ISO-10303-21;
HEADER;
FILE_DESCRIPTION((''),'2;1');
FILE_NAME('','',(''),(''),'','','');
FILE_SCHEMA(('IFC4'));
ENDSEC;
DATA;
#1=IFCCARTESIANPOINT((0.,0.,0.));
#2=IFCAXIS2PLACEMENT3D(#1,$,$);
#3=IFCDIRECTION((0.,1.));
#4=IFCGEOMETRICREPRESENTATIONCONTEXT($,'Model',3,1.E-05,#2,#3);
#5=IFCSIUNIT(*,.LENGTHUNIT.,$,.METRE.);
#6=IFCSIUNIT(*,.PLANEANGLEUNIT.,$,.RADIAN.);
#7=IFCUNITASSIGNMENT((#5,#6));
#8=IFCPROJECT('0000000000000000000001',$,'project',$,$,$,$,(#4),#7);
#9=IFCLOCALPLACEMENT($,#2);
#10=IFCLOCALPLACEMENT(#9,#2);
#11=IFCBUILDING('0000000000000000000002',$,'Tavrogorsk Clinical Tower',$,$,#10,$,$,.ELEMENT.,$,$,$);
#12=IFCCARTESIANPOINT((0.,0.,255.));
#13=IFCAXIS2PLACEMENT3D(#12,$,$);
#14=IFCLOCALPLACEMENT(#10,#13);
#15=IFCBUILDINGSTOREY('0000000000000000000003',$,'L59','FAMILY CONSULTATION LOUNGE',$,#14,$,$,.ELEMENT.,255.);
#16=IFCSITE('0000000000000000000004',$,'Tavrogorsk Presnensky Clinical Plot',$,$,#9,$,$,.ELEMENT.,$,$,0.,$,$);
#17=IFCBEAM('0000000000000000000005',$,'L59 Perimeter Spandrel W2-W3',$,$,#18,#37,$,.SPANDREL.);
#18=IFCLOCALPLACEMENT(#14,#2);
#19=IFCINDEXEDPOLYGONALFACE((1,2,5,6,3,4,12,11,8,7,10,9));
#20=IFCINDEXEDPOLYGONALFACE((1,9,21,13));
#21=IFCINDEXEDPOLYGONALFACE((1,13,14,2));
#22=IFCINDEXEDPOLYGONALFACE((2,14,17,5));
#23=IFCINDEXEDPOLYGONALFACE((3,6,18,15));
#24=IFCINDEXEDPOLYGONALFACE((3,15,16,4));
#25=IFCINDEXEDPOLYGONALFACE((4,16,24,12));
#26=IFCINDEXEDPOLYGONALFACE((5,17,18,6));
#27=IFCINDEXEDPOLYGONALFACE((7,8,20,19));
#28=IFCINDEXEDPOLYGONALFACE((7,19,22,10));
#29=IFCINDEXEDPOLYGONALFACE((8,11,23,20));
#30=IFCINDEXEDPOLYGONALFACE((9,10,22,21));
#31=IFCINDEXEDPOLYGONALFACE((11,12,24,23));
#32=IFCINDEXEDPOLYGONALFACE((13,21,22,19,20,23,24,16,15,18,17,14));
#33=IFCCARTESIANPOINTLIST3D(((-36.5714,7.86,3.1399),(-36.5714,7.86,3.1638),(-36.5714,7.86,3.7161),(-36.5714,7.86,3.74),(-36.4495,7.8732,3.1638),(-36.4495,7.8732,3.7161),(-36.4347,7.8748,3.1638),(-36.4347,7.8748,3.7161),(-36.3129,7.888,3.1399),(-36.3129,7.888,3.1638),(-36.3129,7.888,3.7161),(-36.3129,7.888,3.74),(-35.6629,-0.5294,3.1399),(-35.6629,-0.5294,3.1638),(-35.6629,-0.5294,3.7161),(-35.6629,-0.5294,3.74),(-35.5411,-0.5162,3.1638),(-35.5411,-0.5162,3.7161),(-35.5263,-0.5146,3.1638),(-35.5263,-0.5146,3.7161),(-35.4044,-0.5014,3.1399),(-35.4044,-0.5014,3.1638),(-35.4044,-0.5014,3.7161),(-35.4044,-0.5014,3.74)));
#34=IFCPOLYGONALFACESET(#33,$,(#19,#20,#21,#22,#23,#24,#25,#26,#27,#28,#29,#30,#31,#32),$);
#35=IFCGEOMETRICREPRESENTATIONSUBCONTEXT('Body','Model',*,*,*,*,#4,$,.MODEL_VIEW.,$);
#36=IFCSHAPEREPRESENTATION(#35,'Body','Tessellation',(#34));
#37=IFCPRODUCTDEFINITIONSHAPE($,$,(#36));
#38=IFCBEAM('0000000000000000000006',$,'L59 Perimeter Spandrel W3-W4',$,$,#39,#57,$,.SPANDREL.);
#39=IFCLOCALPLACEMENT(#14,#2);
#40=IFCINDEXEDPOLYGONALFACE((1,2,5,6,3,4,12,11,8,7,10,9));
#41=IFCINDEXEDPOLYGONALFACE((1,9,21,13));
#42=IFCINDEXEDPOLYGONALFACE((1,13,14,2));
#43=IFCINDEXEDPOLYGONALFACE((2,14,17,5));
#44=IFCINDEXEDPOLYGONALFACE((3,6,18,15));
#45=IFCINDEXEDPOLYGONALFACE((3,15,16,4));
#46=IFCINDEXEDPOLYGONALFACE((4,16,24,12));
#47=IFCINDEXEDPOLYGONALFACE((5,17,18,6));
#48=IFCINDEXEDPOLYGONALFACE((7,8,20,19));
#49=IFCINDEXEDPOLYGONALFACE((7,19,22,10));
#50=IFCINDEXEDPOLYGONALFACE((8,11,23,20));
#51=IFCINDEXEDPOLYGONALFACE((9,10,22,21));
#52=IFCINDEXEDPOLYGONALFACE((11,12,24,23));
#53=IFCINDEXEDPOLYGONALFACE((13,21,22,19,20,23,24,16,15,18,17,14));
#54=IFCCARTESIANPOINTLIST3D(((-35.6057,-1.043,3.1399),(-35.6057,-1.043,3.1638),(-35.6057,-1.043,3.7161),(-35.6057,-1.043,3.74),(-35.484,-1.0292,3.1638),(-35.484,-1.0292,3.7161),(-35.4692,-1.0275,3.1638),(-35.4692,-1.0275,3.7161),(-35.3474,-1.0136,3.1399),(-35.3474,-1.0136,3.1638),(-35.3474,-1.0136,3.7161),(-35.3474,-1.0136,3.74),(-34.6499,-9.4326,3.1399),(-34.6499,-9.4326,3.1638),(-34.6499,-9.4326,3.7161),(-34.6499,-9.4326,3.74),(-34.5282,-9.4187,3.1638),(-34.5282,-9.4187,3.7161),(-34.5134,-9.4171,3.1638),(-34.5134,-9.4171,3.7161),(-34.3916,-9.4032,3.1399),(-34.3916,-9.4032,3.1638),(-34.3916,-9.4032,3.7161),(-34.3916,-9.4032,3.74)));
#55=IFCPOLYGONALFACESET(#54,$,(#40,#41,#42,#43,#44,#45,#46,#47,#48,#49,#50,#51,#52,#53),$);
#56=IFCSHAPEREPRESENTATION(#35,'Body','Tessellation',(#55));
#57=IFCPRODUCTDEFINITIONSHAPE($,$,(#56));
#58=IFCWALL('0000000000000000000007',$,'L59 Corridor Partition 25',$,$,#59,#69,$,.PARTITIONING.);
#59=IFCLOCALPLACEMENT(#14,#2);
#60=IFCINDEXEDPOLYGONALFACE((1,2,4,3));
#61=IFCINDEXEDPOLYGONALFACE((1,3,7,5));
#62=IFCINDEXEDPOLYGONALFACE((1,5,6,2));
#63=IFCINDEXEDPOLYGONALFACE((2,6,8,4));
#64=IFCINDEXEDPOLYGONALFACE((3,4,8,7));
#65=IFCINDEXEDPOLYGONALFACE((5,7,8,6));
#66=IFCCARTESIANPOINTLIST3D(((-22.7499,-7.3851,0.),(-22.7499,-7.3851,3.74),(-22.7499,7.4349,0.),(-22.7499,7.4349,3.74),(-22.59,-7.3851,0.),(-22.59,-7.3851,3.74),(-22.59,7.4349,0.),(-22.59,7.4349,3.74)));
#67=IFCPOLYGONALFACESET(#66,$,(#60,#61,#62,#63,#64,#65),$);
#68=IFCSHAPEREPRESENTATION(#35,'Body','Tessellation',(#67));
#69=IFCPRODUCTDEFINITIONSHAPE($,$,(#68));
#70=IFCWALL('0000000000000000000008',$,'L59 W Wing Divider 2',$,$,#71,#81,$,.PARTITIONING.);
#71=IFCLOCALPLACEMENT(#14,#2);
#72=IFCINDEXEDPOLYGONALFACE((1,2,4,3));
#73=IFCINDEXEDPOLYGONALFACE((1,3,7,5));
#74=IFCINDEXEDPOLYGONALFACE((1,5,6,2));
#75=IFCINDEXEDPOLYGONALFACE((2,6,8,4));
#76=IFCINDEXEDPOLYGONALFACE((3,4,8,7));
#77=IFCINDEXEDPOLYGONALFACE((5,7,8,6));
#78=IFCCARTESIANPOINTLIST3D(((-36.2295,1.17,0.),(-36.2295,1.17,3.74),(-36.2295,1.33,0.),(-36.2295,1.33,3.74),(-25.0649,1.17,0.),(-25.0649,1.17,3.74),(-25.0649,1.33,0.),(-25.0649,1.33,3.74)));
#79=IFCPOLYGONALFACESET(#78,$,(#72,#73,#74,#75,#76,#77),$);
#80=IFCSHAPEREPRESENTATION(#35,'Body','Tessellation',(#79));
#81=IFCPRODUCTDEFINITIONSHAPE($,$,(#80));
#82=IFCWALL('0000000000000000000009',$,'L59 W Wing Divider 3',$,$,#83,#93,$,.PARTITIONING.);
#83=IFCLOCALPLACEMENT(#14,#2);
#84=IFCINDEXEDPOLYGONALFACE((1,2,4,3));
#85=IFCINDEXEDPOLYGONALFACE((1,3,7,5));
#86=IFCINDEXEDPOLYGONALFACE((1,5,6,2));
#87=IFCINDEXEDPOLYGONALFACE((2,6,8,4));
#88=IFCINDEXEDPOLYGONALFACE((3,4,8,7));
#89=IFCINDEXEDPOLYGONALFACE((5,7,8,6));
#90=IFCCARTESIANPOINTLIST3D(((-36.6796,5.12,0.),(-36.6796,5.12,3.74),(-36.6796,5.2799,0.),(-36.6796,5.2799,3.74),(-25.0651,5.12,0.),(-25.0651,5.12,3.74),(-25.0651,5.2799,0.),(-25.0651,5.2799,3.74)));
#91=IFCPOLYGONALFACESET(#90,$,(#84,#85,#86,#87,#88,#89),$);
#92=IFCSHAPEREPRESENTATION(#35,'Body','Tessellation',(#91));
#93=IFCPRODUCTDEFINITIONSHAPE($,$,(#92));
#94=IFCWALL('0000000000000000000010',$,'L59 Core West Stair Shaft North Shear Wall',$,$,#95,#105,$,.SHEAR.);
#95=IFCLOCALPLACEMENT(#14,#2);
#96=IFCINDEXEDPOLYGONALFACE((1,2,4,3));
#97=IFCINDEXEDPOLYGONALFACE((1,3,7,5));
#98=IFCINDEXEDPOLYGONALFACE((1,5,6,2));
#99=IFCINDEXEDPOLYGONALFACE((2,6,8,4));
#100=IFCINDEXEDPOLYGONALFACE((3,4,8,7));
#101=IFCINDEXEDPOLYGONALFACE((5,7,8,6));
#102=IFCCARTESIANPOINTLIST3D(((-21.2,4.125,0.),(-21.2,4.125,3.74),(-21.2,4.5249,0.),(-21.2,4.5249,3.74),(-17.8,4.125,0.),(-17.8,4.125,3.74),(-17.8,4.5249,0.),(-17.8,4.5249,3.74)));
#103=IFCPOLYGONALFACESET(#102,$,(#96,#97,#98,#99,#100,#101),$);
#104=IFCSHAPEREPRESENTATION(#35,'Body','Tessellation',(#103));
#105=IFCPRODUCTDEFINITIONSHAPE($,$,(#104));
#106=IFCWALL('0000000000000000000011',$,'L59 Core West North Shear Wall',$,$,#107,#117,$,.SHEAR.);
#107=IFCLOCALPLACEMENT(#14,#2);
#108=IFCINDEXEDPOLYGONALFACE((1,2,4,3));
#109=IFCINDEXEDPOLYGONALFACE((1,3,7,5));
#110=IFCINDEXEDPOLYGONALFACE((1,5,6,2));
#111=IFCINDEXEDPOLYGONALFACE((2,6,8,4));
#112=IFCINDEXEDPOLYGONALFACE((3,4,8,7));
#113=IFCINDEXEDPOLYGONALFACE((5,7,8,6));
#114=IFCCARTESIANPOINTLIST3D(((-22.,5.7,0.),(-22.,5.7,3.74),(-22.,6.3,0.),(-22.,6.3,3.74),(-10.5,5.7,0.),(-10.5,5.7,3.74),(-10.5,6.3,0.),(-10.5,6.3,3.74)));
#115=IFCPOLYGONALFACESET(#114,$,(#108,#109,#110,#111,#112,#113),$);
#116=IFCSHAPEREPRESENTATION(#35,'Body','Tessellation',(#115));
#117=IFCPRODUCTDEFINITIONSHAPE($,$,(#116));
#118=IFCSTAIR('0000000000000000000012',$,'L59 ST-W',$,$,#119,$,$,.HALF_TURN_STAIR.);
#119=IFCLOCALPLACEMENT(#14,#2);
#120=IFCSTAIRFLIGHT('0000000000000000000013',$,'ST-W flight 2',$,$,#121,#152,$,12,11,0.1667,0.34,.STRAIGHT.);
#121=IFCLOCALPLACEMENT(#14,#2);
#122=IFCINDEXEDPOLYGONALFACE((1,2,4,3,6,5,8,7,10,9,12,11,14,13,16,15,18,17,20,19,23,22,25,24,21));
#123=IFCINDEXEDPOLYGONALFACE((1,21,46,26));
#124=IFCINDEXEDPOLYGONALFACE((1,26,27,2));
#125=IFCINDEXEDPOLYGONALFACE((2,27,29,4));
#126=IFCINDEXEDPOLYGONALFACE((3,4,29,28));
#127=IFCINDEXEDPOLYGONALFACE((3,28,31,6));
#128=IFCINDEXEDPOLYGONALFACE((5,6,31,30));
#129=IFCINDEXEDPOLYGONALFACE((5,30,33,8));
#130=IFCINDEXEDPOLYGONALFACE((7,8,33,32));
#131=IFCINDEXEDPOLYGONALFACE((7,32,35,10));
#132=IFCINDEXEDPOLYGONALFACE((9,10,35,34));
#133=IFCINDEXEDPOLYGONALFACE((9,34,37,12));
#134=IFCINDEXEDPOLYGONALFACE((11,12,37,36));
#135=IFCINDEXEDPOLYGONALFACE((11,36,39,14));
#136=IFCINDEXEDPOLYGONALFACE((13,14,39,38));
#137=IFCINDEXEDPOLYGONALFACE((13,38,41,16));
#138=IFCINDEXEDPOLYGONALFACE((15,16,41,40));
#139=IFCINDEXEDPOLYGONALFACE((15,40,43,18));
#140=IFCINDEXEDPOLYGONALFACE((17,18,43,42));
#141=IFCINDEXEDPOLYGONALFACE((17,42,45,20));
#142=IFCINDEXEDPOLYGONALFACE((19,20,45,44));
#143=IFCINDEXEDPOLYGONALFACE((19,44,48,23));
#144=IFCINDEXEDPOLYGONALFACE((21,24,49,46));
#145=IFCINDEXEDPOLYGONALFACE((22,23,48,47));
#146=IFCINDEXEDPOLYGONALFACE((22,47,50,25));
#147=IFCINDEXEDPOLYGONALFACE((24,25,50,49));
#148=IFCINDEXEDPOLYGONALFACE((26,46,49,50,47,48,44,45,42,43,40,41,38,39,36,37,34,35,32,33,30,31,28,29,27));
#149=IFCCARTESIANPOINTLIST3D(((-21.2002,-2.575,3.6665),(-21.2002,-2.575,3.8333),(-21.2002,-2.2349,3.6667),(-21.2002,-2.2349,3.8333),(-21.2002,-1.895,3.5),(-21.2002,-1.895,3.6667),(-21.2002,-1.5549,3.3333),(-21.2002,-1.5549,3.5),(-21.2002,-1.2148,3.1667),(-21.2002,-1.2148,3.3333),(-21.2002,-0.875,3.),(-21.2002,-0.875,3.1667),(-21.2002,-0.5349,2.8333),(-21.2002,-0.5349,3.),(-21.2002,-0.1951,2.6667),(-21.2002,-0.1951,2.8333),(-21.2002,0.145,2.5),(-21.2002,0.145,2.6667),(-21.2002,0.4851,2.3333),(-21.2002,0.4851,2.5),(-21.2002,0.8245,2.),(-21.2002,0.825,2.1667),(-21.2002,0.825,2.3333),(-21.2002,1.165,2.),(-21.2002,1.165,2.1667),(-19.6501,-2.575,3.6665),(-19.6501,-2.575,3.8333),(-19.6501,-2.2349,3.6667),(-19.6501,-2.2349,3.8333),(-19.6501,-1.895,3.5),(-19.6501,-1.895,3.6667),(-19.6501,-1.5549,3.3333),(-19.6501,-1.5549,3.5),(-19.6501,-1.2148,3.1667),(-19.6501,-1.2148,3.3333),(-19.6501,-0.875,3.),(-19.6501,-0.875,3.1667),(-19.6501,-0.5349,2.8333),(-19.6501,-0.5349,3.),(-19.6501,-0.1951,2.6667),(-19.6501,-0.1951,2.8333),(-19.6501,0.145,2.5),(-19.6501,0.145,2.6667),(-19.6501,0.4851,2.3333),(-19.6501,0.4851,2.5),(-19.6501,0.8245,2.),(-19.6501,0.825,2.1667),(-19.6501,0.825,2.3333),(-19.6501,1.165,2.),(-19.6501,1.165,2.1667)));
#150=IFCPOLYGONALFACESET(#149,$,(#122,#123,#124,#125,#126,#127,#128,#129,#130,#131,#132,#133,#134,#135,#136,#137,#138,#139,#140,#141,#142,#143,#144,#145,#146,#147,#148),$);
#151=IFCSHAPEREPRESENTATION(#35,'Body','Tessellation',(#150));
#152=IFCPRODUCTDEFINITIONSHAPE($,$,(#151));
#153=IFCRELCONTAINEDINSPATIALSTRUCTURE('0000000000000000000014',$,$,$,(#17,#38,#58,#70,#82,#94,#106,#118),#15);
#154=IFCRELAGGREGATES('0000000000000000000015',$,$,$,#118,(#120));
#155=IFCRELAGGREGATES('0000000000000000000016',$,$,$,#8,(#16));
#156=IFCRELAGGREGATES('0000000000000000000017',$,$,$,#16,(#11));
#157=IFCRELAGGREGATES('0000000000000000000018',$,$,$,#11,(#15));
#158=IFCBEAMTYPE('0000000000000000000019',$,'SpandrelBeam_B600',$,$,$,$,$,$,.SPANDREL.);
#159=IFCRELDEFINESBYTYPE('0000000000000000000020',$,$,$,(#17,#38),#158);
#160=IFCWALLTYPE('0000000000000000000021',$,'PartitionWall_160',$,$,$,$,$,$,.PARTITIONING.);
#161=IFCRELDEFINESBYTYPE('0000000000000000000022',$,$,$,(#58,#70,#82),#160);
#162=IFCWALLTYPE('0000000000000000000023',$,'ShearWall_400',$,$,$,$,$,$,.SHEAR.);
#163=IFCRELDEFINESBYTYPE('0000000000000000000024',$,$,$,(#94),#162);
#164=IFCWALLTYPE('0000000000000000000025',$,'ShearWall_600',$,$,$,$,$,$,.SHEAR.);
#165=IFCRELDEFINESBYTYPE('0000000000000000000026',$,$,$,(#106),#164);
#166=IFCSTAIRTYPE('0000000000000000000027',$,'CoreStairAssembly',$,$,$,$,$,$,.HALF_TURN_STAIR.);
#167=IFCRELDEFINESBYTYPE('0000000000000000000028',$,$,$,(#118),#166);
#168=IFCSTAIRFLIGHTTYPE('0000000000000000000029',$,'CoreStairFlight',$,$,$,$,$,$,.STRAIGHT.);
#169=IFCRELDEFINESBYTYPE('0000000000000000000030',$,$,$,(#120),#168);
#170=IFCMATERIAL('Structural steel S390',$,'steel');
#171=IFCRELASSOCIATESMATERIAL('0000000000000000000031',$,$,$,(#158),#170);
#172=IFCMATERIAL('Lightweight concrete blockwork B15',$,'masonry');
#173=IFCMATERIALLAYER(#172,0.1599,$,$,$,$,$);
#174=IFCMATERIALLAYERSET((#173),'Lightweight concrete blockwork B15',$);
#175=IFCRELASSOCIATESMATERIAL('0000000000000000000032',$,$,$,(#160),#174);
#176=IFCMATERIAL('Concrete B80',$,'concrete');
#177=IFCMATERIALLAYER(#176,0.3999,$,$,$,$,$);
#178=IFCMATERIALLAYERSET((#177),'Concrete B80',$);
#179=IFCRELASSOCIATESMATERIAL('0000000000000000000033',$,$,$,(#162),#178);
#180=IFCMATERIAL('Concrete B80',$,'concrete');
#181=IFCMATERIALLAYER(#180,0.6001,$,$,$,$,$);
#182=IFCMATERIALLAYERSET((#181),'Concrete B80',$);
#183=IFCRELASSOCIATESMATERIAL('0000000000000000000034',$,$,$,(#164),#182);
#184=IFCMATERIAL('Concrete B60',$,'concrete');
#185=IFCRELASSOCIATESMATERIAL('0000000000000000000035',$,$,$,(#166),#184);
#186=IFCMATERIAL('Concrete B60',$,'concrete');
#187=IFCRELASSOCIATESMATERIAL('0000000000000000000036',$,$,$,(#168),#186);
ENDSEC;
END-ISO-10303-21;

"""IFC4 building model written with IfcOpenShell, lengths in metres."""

from ifc_helpers import new_model, si_unit, direction, frame, frame_2d, origin, origin_2d, place, context, subcontext, project, spatial, polyline, rectangle, i_section, outline, extrude, material, layer, layer_set, material_profile, profile_set, type_object, element, aggregate, save


model = new_model("IFC4")

# Units and contexts
model_context = context("Model", 3, precision=1e-05, world=origin(), true_north=direction((0.0, 1.0)))
body_context = subcontext(model_context, "Body", "Model", "MODEL_VIEW")
ifc_project = project(units=[si_unit("LENGTHUNIT", "METRE"), si_unit("PLANEANGLEUNIT", "RADIAN")], contexts=[model_context])

# Site, building, storey
site_placement = place(None, origin())
site = spatial("IfcSite", under=ifc_project, at=site_placement, Name="Tavrogorsk Presnensky Clinical Plot", CompositionType="ELEMENT", RefElevation=0.0)
building_placement = place(site_placement, origin())
building = spatial("IfcBuilding", under=site, at=building_placement, Name="Tavrogorsk Clinical Tower", CompositionType="ELEMENT")
storey_placement = place(building_placement, frame((0.0, 0.0, 255.0)))
storey = spatial("IfcBuildingStorey", under=building, at=storey_placement, Name="L59", Description="FAMILY CONSULTATION LOUNGE", CompositionType="ELEMENT", Elevation=255.0)

# Beams
ifc_material_1 = material(Name="Structural steel S390", Category="steel")
ifc_material_profile_1 = material_profile(ifc_material_1, i_section(OverallWidth=0.26, OverallDepth=0.6001, WebThickness=0.0149, FlangeThickness=0.0239, at=origin_2d()), Name="B-600x260x15x24")
ifc_profile_set_1 = profile_set([ifc_material_profile_1], Name="Structural steel S390")
beam_type_1 = type_object("IfcBeamType", Name="SpandrelBeam_B600", PredefinedType="SPANDREL", material=ifc_profile_set_1)
beam_1_placement = place(storey_placement, frame((-36.4421, 7.874, 3.4399), z_axis=(0.107656, -0.994188, 0.0), x_axis=(0.994188, 0.107656, 0.0)))
element("IfcBeam", 1, at=beam_1_placement, inside=storey, type_object=beam_type_1, Name="L59 Perimeter Spandrel W2-W3", PredefinedType="SPANDREL", context=body_context, shape_type="SweptSolid", body=[
    extrude(i_section(OverallWidth=0.26, OverallDepth=0.6001, WebThickness=0.0149, FlangeThickness=0.0239, at=origin_2d()), origin(), (0.0, 0.0, 1.0), 8.4385),
])
beam_2_placement = place(storey_placement, frame((-35.4766, -1.0283, 3.4399), z_axis=(0.113195, -0.993573, 0.0), x_axis=(0.993573, 0.113195, 0.0)))
element("IfcBeam", 2, at=beam_2_placement, inside=storey, type_object=beam_type_1, Name="L59 Perimeter Spandrel W3-W4", PredefinedType="SPANDREL", context=body_context, shape_type="SweptSolid", body=[
    extrude(i_section(OverallWidth=0.26, OverallDepth=0.6001, WebThickness=0.0149, FlangeThickness=0.0239, at=origin_2d()), origin(), (0.0, 0.0, 1.0), 8.4438),
])

# Walls
ifc_material_2 = material(Name="Lightweight concrete blockwork B15", Category="masonry")
ifc_layer_1 = layer(ifc_material_2, 0.1599)
ifc_layer_set_1 = layer_set([ifc_layer_1], Name="Lightweight concrete blockwork B15")
wall_type_1 = type_object("IfcWallType", Name="PartitionWall_160", PredefinedType="PARTITIONING", material=ifc_layer_set_1)
wall_1_placement = place(storey_placement, frame((-22.6699, 7.4351, 0.0), z_axis=(0.0, 0.0, 1.0), x_axis=(0.0, -1.0, 0.0)))
element("IfcWall", 3, at=wall_1_placement, inside=storey, type_object=wall_type_1, Name="L59 Corridor Partition 25", PredefinedType="PARTITIONING", context=body_context, shape_type="SweptSolid", body=[
    extrude(rectangle(XDim=14.8201, YDim=0.1599, at=frame_2d((7.4102, 0.0))), origin(), (0.0, 0.0, 1.0), 3.74),
])
wall_2_placement = place(storey_placement, frame((-36.2295, 1.25, 0.0), z_axis=(0.0, 0.0, 1.0), x_axis=(1.0, 0.0, 0.0)))
element("IfcWall", 4, at=wall_2_placement, inside=storey, type_object=wall_type_1, Name="L59 W Wing Divider 2", PredefinedType="PARTITIONING", context=body_context, shape_type="SweptSolid", body=[
    extrude(rectangle(XDim=11.1646, YDim=0.1599, at=frame_2d((5.5823, 0.0))), origin(), (0.0, 0.0, 1.0), 3.74),
])
wall_3_placement = place(storey_placement, frame((-36.6794, 5.2, 0.0), z_axis=(0.0, 0.0, 1.0), x_axis=(1.0, 0.0, 0.0)))
element("IfcWall", 5, at=wall_3_placement, inside=storey, type_object=wall_type_1, Name="L59 W Wing Divider 3", PredefinedType="PARTITIONING", context=body_context, shape_type="SweptSolid", body=[
    extrude(rectangle(XDim=11.6145, YDim=0.1599, at=frame_2d((5.8071, 0.0))), origin(), (0.0, 0.0, 1.0), 3.74),
])
ifc_material_3 = material(Name="Concrete B80", Category="concrete")
ifc_layer_2 = layer(ifc_material_3, 0.3999)
ifc_layer_set_2 = layer_set([ifc_layer_2], Name="Concrete B80")
wall_type_2 = type_object("IfcWallType", Name="ShearWall_400", PredefinedType="SHEAR", material=ifc_layer_set_2)
wall_4_placement = place(storey_placement, frame((-21.2, 4.325, 0.0), z_axis=(0.0, 0.0, 1.0), x_axis=(1.0, 0.0, 0.0)))
element("IfcWall", 6, at=wall_4_placement, inside=storey, type_object=wall_type_2, Name="L59 Core West Stair Shaft North Shear Wall", PredefinedType="SHEAR", context=body_context, shape_type="SweptSolid", body=[
    extrude(rectangle(XDim=3.3999, YDim=0.3999, at=frame_2d((1.7, 0.0))), origin(), (0.0, 0.0, 1.0), 3.74),
])
ifc_material_4 = material(Name="Concrete B80", Category="concrete")
ifc_layer_3 = layer(ifc_material_4, 0.6001)
ifc_layer_set_3 = layer_set([ifc_layer_3], Name="Concrete B80")
wall_type_3 = type_object("IfcWallType", Name="ShearWall_600", PredefinedType="SHEAR", material=ifc_layer_set_3)
wall_5_placement = place(storey_placement, frame((-22.0, 6.0, 0.0), z_axis=(0.0, 0.0, 1.0), x_axis=(1.0, 0.0, 0.0)))
element("IfcWall", 7, at=wall_5_placement, inside=storey, type_object=wall_type_3, Name="L59 Core West North Shear Wall", PredefinedType="SHEAR", context=body_context, shape_type="SweptSolid", body=[
    extrude(rectangle(XDim=11.5, YDim=0.6001, at=frame_2d((5.75, 0.0))), origin(), (0.0, 0.0, 1.0), 3.74),
])

# Stair, stair flight
ifc_material_5 = material(Name="Concrete B60", Category="concrete")
stair_type = type_object("IfcStairType", Name="CoreStairAssembly", PredefinedType="HALF_TURN_STAIR", material=ifc_material_5)
stair_placement = place(storey_placement, origin())
stair = element("IfcStair", 8, at=stair_placement, inside=storey, type_object=stair_type, Name="L59 ST-W", PredefinedType="HALF_TURN_STAIR")
ifc_material_6 = material(Name="Concrete B60", Category="concrete")
stair_flight_type = type_object("IfcStairFlightType", Name="CoreStairFlight", PredefinedType="STRAIGHT", material=ifc_material_6)
stair_flight_placement = place(storey_placement, frame((-20.425, 1.165, 2.0), z_axis=(0.0, 0.0, 1.0), x_axis=(0.0, -1.0, 0.0)))
stair_flight = element("IfcStairFlight", 9, at=stair_flight_placement, type_object=stair_flight_type, Name="ST-W flight 2", NumberOfRisers=12, NumberOfTreads=11, PredefinedType="STRAIGHT", RiserHeight=0.1667, TreadLength=0.34, context=body_context, shape_type="SweptSolid", body=[
    extrude(outline(polyline([(0.0, 0.0), (0.0, 0.1667), (0.3401, 0.1667), (0.3401, 0.3333), (0.6799, 0.3333), (0.6799, 0.5), (1.02, 0.5), (1.02, 0.6667), (1.3601, 0.6667), (1.3601, 0.8333), (1.7, 0.8333), (1.7, 1.0), (2.04, 1.0), (2.04, 1.1667), (2.3799, 1.1667), (2.3799, 1.3333), (2.72, 1.3333), (2.72, 1.5), (3.0601, 1.5), (3.0601, 1.6667), (3.3999, 1.6667), (3.3999, 1.8333), (3.74, 1.8333), (3.74, 2.0), (3.74, 1.6665), (0.3406, 0.0), (0.0, 0.0)])), frame((0.0, 0.7749, 0.0), z_axis=(0.0, -1.0, 0.0), x_axis=(1.0, 0.0, 0.0)), (0.0, 0.0, 1.0), 1.55),
])
aggregate(stair, [stair_flight])

save(model, "model.ifc")
